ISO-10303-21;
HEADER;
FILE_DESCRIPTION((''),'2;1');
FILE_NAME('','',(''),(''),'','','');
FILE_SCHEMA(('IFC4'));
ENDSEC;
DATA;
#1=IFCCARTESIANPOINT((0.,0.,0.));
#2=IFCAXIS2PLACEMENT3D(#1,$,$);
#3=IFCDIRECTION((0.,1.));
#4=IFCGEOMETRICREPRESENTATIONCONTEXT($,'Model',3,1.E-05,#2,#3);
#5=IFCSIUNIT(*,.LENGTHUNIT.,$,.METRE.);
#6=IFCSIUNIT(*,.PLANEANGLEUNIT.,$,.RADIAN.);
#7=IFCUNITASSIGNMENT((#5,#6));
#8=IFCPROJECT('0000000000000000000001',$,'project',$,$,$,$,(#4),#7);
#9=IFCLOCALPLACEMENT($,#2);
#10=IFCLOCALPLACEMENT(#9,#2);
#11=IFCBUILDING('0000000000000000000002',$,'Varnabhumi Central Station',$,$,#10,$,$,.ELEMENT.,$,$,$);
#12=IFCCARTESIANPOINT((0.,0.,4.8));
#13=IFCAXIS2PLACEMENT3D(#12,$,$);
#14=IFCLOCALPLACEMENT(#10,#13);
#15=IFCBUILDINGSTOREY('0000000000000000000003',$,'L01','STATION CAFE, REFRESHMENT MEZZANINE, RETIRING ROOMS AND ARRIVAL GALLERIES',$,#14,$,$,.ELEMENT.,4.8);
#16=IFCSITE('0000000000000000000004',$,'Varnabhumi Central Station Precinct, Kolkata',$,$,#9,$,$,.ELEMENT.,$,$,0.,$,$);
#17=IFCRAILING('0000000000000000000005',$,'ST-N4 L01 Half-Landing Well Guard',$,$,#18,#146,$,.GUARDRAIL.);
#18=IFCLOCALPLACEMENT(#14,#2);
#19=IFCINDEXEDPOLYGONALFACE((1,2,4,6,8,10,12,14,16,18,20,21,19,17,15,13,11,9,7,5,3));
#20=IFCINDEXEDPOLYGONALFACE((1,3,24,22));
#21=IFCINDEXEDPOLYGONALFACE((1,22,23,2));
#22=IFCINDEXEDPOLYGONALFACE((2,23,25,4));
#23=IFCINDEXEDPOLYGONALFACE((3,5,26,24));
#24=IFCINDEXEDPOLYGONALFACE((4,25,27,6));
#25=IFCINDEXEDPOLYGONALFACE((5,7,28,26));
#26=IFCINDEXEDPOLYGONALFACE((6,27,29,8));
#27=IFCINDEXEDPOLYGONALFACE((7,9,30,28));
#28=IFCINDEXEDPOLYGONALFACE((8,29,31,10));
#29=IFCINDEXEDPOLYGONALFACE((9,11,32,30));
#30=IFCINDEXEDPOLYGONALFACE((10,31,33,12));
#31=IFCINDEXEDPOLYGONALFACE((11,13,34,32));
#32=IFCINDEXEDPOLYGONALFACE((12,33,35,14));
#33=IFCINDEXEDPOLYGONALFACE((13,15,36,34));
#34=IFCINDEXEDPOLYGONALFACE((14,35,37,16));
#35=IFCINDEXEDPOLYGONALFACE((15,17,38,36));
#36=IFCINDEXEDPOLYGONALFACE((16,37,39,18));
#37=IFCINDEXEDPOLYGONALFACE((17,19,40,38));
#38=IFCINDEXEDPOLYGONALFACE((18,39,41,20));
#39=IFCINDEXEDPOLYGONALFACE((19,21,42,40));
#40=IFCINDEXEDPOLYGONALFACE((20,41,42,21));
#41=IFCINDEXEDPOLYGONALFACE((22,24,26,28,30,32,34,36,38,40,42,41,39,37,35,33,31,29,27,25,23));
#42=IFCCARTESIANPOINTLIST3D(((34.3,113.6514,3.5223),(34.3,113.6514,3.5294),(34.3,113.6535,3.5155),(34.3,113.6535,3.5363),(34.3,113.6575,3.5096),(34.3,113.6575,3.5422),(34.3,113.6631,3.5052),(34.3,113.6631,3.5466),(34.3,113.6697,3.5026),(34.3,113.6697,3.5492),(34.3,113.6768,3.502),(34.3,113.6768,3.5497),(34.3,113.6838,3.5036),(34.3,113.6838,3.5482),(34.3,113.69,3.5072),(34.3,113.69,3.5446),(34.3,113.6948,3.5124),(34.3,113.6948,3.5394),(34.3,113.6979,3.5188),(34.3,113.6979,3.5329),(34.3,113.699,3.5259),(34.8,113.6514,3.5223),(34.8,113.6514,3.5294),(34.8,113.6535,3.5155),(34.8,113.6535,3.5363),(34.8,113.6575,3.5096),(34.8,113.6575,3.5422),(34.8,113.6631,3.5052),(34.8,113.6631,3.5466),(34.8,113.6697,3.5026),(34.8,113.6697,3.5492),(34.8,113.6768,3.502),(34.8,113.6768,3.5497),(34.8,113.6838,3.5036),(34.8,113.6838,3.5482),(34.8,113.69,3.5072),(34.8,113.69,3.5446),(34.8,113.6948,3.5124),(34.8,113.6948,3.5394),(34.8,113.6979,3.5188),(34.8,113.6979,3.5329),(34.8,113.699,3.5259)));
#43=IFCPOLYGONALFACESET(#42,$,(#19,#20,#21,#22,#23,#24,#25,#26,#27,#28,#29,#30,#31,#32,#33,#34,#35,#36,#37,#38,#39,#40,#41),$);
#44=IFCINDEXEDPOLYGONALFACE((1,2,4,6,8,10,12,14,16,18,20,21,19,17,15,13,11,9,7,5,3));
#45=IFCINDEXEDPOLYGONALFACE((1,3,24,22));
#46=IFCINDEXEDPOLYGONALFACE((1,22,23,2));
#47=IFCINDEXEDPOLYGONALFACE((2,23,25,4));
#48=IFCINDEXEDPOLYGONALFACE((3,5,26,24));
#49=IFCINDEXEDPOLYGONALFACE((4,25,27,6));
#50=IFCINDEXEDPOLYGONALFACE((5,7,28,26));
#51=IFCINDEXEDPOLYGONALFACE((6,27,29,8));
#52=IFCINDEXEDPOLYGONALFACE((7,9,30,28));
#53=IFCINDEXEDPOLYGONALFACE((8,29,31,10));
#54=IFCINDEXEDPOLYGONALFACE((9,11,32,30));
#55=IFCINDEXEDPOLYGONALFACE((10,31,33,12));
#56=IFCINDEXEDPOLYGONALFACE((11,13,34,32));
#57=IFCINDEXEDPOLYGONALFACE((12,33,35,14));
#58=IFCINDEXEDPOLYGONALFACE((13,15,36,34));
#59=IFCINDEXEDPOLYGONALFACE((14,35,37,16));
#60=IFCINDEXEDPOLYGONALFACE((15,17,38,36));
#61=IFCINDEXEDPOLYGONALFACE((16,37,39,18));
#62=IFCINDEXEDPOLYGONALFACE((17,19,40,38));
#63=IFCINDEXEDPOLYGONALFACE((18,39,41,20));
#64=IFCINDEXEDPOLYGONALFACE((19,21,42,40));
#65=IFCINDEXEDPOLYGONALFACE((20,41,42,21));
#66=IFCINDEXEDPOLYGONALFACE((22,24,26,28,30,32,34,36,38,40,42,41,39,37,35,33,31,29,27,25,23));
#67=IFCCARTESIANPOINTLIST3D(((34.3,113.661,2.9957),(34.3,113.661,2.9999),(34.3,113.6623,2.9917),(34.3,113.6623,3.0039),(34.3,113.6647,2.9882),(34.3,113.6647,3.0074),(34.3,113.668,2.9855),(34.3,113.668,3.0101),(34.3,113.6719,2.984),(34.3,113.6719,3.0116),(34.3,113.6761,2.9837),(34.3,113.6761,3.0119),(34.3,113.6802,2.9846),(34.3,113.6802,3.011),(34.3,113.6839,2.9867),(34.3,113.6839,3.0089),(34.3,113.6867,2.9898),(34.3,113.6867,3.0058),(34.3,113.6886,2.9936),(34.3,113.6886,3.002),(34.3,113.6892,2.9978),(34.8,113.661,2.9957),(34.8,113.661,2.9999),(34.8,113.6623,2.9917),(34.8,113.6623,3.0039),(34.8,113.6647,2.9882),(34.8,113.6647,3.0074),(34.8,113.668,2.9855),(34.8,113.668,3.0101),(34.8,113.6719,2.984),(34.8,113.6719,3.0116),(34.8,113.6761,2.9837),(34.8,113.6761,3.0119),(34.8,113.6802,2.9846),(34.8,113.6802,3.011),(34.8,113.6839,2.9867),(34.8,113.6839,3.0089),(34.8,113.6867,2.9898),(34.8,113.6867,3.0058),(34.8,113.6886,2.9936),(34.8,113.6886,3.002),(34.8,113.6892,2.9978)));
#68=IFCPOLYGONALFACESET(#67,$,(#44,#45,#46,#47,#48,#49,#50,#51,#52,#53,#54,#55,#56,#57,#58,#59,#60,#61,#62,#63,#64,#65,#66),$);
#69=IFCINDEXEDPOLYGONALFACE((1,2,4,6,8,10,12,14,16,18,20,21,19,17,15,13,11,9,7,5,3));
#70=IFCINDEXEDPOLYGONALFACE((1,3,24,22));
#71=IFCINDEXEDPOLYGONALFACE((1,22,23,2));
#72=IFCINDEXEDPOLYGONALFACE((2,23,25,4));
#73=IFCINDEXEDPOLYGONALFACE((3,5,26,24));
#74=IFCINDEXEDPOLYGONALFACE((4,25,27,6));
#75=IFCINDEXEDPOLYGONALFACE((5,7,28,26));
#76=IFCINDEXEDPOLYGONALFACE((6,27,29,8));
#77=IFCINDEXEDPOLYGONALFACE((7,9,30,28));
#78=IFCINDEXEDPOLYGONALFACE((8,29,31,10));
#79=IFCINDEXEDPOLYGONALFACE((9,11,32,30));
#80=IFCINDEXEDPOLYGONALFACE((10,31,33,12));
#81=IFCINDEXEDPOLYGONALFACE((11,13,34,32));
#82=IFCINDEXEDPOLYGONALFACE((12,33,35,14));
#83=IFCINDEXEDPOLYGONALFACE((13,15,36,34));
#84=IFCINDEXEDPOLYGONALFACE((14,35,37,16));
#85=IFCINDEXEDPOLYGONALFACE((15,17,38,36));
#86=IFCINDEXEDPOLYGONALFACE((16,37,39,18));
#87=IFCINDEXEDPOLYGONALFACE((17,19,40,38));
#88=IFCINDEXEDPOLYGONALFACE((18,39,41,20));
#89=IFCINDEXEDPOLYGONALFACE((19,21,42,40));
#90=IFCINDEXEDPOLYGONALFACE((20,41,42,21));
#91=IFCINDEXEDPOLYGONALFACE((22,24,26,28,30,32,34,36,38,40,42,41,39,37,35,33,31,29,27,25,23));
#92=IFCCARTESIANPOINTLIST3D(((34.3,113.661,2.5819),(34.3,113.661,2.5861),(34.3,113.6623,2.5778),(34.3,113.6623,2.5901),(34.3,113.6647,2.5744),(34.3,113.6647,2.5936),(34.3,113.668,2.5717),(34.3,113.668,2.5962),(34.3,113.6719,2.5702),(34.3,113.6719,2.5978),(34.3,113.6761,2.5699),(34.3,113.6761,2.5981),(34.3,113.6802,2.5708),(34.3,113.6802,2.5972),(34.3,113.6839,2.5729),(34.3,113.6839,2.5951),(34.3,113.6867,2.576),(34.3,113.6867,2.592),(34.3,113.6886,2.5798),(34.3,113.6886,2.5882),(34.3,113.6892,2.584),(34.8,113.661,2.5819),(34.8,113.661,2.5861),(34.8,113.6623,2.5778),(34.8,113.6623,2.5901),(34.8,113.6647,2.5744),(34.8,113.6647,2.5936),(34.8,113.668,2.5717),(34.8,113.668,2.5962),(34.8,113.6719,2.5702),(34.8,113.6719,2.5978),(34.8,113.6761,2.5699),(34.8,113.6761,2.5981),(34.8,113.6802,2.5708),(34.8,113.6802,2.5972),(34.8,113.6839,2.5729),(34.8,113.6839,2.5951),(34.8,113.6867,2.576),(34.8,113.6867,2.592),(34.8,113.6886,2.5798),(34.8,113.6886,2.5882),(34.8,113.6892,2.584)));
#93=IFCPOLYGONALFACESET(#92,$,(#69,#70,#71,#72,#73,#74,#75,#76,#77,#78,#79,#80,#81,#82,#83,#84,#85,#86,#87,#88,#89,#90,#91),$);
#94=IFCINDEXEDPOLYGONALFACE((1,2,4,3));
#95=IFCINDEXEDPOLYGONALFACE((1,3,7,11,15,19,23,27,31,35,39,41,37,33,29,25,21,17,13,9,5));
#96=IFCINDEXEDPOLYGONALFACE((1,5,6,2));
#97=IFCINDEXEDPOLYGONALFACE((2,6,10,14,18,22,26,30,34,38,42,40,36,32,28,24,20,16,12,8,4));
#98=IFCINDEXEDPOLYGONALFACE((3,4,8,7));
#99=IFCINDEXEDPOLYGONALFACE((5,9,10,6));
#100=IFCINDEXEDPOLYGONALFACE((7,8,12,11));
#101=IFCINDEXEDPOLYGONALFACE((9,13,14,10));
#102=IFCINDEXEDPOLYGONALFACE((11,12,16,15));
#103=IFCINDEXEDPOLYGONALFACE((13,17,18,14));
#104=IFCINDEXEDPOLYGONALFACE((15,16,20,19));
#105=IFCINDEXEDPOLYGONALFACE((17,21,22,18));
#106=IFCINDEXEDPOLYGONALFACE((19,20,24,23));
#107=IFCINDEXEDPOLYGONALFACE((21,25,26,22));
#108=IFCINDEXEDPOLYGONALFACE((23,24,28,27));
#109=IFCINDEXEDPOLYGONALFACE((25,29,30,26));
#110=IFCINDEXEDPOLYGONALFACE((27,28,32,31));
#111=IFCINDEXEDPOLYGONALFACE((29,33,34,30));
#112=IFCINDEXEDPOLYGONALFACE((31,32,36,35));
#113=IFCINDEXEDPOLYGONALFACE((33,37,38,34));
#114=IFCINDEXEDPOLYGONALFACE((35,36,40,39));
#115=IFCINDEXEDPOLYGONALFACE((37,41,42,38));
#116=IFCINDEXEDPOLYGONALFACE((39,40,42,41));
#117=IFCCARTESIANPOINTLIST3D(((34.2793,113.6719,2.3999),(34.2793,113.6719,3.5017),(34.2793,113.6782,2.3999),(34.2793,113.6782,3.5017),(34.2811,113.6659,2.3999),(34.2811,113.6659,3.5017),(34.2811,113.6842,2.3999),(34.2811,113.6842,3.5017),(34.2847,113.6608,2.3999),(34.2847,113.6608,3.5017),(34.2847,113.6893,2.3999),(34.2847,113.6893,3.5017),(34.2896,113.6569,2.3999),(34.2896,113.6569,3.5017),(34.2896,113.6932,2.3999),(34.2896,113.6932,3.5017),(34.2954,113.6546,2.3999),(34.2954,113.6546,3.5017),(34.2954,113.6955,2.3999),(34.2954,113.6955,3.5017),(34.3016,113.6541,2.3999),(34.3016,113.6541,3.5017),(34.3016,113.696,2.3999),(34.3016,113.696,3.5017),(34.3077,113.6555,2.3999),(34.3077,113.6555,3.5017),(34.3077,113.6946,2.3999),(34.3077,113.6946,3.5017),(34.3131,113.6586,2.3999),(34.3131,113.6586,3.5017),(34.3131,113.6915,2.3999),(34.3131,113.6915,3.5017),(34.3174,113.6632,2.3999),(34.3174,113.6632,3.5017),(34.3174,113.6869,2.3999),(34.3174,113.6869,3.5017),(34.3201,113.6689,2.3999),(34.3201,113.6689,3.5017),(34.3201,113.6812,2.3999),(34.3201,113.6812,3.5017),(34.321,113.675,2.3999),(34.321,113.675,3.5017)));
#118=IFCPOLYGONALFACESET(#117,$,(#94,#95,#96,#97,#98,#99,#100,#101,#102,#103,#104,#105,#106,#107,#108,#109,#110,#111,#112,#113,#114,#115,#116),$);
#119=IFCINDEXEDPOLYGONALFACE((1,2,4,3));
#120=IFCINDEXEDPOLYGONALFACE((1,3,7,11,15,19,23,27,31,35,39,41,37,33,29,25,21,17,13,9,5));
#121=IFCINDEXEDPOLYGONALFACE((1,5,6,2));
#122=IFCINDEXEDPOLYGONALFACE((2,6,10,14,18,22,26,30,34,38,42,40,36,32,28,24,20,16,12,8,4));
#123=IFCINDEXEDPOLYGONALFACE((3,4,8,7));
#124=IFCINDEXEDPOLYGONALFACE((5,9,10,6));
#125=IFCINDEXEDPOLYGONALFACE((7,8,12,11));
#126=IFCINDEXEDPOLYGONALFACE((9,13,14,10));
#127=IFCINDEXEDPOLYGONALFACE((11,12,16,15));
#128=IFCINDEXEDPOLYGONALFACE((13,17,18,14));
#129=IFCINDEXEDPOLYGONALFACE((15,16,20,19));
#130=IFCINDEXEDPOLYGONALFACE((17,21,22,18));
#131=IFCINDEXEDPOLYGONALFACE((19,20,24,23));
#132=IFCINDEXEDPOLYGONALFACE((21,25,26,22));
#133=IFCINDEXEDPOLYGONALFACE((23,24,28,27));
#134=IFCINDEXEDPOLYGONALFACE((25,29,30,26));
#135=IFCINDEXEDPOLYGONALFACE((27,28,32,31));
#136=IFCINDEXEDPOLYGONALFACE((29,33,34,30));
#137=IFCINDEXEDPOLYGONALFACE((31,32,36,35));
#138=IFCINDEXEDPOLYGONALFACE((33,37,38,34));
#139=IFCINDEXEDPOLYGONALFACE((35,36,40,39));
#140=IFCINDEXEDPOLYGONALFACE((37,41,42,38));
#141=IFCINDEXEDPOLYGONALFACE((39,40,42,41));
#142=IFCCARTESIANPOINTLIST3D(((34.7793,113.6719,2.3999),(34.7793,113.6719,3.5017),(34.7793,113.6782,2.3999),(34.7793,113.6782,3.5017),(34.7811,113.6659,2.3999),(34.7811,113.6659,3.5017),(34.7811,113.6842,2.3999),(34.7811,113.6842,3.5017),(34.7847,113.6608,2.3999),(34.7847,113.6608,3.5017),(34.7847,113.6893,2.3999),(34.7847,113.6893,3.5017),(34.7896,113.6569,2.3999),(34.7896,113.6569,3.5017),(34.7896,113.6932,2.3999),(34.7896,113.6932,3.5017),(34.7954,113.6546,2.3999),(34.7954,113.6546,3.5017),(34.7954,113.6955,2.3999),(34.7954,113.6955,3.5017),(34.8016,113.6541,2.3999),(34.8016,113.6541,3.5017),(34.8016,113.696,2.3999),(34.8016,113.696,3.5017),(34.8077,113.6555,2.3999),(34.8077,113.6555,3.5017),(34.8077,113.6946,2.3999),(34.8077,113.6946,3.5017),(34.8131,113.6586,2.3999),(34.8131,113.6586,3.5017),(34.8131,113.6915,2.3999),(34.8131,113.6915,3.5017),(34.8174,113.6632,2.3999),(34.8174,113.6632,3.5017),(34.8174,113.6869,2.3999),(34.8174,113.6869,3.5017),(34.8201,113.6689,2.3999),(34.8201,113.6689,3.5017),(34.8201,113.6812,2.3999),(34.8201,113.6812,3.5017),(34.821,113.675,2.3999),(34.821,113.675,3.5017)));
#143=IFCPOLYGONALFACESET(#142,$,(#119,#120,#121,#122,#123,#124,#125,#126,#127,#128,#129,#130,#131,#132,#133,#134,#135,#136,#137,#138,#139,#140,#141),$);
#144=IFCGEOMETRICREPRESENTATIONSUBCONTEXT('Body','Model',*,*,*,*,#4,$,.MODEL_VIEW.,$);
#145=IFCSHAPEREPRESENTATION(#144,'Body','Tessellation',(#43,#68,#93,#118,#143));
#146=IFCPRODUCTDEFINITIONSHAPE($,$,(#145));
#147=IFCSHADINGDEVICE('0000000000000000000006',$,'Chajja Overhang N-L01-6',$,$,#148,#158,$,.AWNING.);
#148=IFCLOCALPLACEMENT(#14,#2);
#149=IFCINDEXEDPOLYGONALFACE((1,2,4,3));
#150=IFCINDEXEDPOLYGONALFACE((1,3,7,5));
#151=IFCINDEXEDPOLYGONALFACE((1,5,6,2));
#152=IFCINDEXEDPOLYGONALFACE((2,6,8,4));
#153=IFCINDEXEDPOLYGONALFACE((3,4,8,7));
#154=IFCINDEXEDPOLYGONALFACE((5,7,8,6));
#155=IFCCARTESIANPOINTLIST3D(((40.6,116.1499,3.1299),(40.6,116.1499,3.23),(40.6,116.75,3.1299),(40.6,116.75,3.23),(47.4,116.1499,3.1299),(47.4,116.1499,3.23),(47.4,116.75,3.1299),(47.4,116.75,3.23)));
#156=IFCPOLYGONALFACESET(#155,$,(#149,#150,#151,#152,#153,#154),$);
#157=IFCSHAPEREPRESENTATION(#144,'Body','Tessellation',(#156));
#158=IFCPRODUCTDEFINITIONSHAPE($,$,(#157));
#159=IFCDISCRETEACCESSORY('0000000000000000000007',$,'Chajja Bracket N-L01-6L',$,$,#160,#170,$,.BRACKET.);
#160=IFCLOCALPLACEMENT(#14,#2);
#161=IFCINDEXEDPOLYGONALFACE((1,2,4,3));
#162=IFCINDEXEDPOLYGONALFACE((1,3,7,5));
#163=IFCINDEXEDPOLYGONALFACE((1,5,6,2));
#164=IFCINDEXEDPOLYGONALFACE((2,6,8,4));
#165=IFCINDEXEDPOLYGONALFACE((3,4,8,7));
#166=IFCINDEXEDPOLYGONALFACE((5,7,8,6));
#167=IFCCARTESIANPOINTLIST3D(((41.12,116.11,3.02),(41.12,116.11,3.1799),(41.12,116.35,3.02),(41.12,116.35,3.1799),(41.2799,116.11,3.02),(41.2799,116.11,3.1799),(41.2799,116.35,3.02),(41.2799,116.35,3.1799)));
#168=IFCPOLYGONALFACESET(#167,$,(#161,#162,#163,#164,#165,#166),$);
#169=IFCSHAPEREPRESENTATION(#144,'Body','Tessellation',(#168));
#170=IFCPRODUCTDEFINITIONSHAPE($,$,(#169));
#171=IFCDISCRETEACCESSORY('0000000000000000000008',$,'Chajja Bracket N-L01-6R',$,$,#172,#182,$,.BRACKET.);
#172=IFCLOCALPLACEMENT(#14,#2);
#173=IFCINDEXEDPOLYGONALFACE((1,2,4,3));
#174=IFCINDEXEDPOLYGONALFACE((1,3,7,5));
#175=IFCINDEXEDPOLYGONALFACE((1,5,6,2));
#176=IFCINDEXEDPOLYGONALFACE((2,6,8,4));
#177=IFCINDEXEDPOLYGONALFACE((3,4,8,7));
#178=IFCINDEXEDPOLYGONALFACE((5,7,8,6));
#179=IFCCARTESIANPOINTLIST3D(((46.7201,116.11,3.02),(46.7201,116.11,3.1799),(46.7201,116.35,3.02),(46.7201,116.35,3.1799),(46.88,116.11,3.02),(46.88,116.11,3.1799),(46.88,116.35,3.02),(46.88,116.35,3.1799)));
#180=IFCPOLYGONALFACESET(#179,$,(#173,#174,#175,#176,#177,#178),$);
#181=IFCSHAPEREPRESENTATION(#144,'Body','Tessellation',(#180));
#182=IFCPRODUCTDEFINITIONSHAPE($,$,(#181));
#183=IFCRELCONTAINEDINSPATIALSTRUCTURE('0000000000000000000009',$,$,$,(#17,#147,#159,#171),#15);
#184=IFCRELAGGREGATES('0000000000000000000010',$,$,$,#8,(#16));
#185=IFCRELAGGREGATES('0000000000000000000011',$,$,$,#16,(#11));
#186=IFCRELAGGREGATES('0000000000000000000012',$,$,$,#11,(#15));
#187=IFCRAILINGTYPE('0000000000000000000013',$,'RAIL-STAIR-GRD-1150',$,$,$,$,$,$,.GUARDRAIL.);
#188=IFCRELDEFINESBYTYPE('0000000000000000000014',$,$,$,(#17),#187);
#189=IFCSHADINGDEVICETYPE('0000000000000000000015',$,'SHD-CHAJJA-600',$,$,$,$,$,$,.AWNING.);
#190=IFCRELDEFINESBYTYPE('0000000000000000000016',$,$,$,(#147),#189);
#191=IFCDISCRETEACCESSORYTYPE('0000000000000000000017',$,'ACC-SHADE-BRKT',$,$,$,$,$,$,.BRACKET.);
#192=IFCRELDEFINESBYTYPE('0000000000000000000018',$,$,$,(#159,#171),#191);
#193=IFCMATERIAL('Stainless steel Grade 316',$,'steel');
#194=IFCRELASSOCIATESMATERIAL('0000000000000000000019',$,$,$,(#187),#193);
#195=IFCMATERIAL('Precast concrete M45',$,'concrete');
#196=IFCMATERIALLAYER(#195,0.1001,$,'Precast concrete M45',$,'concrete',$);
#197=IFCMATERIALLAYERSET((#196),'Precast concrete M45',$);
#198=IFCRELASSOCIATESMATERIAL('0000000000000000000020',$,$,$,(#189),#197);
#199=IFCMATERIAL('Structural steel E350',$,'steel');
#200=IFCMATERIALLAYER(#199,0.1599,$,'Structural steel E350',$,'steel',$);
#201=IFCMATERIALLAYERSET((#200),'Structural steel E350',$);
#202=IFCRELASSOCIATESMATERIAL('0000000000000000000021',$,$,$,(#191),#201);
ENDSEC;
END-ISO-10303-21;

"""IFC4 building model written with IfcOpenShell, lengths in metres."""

from ifc_helpers import new_model, si_unit, direction, frame, origin, origin_2d, place, context, subcontext, project, spatial, rectangle, circle, extrude, material, layer, layer_set, type_object, element, save


model = new_model("IFC4")

# Units and contexts
model_context = context("Model", 3, precision=1e-05, world=origin(), true_north=direction((0.0, 1.0)))
body_context = subcontext(model_context, "Body", "Model", "MODEL_VIEW")
ifc_project = project(units=[si_unit("LENGTHUNIT", "METRE"), si_unit("PLANEANGLEUNIT", "RADIAN")], contexts=[model_context])

# Site, building, storey
site_placement = place(None, origin())
site = spatial("IfcSite", under=ifc_project, at=site_placement, Name="Varnabhumi Central Station Precinct, Kolkata", CompositionType="ELEMENT", RefElevation=0.0)
building_placement = place(site_placement, origin())
building = spatial("IfcBuilding", under=site, at=building_placement, Name="Varnabhumi Central Station", CompositionType="ELEMENT")
storey_placement = place(building_placement, frame((0.0, 0.0, 4.8)))
storey = spatial("IfcBuildingStorey", under=building, at=storey_placement, Name="L01", Description="STATION CAFE, REFRESHMENT MEZZANINE, RETIRING ROOMS AND ARRIVAL GALLERIES", CompositionType="ELEMENT", Elevation=4.8)

# Shared definitions
ifc_material_1 = material(Name="Structural steel E350", Category="steel")

# Shared definitions
ifc_material_2 = material(Name="Stainless steel Grade 316", Category="steel")

# Railing
railing_type_1 = type_object("IfcRailingType", Name="RAIL-STAIR-GRD-1150", PredefinedType="GUARDRAIL", material=ifc_material_2)
railing_1_placement = place(storey_placement, frame((34.3, 113.675, 2.3999)))
element("IfcRailing", 1, at=railing_1_placement, inside=storey, type_object=railing_type_1, Name="ST-N4 L01 Half-Landing Well Guard", PredefinedType="GUARDRAIL", context=body_context, shape_type="SweptSolid", body=[
    extrude(circle(Radius=0.0239, at=origin_2d()), frame((0.0, 0.0, 1.126), z_axis=(1.0, 0.0, 0.0), x_axis=(0.0, 1.0, 0.0)), (0.0, 0.0, 1.0), 0.5),
    extrude(circle(Radius=0.0142, at=origin_2d()), frame((0.0, 0.0, 0.5979), z_axis=(1.0, 0.0, 0.0), x_axis=(0.0, 1.0, 0.0)), (0.0, 0.0, 1.0), 0.5),
    extrude(circle(Radius=0.0142, at=origin_2d()), frame((0.0, 0.0, 0.1841), z_axis=(1.0, 0.0, 0.0), x_axis=(0.0, 1.0, 0.0)), (0.0, 0.0, 1.0), 0.5),
    extrude(circle(Radius=0.021, at=origin_2d()), origin(), (0.0, 0.0, 1.0), 1.1018),
    extrude(circle(Radius=0.021, at=origin_2d()), frame((0.5, 0.0, 0.0)), (0.0, 0.0, 1.0), 1.1018),
])

# Shading device
ifc_material_3 = material(Name="Precast concrete M45", Category="concrete")
ifc_layer_1 = layer(ifc_material_3, 0.1001, Name="Precast concrete M45", Category="concrete")
ifc_layer_set_1 = layer_set([ifc_layer_1], Name="Precast concrete M45")
shading_device_type = type_object("IfcShadingDeviceType", Name="SHD-CHAJJA-600", PredefinedType="AWNING", material=ifc_layer_set_1)
shading_device_placement = place(storey_placement, frame((44.0, 116.45, 3.1299), z_axis=(0.0, 0.0, 1.0), x_axis=(1.0, 0.0, 0.0)))
element("IfcShadingDevice", 2, at=shading_device_placement, inside=storey, type_object=shading_device_type, Name="Chajja Overhang N-L01-6", PredefinedType="AWNING", context=body_context, shape_type="SweptSolid", body=[
    extrude(rectangle(XDim=6.8, YDim=0.6001, at=origin_2d()), origin(), (0.0, 0.0, 1.0), 0.1001),
])

# Discrete accessories
ifc_layer_2 = layer(ifc_material_1, 0.1599, Name="Structural steel E350", Category="steel")
ifc_layer_set_2 = layer_set([ifc_layer_2], Name="Structural steel E350")
discrete_accessory_type = type_object("IfcDiscreteAccessoryType", Name="ACC-SHADE-BRKT", PredefinedType="BRACKET", material=ifc_layer_set_2)
for number, where, z_axis, x_axis, name in (
    (3, (41.2, 116.23, 3.02), (0.0, 0.0, 1.0), (1.0, 0.0, 0.0), "Chajja Bracket N-L01-6L"),
    (4, (46.8, 116.23, 3.02), (0.0, 0.0, 1.0), (1.0, 0.0, 0.0), "Chajja Bracket N-L01-6R"),
):
    element("IfcDiscreteAccessory", number, at=place(storey_placement, frame(where, z_axis=z_axis, x_axis=x_axis)), inside=storey, type_object=discrete_accessory_type, Name=name, PredefinedType="BRACKET", context=body_context, shape_type="SweptSolid", body=[
        extrude(rectangle(XDim=0.1599, YDim=0.24, at=origin_2d()), origin(), (0.0, 0.0, 1.0), 0.1599),
    ])

save(model, "model.ifc")
